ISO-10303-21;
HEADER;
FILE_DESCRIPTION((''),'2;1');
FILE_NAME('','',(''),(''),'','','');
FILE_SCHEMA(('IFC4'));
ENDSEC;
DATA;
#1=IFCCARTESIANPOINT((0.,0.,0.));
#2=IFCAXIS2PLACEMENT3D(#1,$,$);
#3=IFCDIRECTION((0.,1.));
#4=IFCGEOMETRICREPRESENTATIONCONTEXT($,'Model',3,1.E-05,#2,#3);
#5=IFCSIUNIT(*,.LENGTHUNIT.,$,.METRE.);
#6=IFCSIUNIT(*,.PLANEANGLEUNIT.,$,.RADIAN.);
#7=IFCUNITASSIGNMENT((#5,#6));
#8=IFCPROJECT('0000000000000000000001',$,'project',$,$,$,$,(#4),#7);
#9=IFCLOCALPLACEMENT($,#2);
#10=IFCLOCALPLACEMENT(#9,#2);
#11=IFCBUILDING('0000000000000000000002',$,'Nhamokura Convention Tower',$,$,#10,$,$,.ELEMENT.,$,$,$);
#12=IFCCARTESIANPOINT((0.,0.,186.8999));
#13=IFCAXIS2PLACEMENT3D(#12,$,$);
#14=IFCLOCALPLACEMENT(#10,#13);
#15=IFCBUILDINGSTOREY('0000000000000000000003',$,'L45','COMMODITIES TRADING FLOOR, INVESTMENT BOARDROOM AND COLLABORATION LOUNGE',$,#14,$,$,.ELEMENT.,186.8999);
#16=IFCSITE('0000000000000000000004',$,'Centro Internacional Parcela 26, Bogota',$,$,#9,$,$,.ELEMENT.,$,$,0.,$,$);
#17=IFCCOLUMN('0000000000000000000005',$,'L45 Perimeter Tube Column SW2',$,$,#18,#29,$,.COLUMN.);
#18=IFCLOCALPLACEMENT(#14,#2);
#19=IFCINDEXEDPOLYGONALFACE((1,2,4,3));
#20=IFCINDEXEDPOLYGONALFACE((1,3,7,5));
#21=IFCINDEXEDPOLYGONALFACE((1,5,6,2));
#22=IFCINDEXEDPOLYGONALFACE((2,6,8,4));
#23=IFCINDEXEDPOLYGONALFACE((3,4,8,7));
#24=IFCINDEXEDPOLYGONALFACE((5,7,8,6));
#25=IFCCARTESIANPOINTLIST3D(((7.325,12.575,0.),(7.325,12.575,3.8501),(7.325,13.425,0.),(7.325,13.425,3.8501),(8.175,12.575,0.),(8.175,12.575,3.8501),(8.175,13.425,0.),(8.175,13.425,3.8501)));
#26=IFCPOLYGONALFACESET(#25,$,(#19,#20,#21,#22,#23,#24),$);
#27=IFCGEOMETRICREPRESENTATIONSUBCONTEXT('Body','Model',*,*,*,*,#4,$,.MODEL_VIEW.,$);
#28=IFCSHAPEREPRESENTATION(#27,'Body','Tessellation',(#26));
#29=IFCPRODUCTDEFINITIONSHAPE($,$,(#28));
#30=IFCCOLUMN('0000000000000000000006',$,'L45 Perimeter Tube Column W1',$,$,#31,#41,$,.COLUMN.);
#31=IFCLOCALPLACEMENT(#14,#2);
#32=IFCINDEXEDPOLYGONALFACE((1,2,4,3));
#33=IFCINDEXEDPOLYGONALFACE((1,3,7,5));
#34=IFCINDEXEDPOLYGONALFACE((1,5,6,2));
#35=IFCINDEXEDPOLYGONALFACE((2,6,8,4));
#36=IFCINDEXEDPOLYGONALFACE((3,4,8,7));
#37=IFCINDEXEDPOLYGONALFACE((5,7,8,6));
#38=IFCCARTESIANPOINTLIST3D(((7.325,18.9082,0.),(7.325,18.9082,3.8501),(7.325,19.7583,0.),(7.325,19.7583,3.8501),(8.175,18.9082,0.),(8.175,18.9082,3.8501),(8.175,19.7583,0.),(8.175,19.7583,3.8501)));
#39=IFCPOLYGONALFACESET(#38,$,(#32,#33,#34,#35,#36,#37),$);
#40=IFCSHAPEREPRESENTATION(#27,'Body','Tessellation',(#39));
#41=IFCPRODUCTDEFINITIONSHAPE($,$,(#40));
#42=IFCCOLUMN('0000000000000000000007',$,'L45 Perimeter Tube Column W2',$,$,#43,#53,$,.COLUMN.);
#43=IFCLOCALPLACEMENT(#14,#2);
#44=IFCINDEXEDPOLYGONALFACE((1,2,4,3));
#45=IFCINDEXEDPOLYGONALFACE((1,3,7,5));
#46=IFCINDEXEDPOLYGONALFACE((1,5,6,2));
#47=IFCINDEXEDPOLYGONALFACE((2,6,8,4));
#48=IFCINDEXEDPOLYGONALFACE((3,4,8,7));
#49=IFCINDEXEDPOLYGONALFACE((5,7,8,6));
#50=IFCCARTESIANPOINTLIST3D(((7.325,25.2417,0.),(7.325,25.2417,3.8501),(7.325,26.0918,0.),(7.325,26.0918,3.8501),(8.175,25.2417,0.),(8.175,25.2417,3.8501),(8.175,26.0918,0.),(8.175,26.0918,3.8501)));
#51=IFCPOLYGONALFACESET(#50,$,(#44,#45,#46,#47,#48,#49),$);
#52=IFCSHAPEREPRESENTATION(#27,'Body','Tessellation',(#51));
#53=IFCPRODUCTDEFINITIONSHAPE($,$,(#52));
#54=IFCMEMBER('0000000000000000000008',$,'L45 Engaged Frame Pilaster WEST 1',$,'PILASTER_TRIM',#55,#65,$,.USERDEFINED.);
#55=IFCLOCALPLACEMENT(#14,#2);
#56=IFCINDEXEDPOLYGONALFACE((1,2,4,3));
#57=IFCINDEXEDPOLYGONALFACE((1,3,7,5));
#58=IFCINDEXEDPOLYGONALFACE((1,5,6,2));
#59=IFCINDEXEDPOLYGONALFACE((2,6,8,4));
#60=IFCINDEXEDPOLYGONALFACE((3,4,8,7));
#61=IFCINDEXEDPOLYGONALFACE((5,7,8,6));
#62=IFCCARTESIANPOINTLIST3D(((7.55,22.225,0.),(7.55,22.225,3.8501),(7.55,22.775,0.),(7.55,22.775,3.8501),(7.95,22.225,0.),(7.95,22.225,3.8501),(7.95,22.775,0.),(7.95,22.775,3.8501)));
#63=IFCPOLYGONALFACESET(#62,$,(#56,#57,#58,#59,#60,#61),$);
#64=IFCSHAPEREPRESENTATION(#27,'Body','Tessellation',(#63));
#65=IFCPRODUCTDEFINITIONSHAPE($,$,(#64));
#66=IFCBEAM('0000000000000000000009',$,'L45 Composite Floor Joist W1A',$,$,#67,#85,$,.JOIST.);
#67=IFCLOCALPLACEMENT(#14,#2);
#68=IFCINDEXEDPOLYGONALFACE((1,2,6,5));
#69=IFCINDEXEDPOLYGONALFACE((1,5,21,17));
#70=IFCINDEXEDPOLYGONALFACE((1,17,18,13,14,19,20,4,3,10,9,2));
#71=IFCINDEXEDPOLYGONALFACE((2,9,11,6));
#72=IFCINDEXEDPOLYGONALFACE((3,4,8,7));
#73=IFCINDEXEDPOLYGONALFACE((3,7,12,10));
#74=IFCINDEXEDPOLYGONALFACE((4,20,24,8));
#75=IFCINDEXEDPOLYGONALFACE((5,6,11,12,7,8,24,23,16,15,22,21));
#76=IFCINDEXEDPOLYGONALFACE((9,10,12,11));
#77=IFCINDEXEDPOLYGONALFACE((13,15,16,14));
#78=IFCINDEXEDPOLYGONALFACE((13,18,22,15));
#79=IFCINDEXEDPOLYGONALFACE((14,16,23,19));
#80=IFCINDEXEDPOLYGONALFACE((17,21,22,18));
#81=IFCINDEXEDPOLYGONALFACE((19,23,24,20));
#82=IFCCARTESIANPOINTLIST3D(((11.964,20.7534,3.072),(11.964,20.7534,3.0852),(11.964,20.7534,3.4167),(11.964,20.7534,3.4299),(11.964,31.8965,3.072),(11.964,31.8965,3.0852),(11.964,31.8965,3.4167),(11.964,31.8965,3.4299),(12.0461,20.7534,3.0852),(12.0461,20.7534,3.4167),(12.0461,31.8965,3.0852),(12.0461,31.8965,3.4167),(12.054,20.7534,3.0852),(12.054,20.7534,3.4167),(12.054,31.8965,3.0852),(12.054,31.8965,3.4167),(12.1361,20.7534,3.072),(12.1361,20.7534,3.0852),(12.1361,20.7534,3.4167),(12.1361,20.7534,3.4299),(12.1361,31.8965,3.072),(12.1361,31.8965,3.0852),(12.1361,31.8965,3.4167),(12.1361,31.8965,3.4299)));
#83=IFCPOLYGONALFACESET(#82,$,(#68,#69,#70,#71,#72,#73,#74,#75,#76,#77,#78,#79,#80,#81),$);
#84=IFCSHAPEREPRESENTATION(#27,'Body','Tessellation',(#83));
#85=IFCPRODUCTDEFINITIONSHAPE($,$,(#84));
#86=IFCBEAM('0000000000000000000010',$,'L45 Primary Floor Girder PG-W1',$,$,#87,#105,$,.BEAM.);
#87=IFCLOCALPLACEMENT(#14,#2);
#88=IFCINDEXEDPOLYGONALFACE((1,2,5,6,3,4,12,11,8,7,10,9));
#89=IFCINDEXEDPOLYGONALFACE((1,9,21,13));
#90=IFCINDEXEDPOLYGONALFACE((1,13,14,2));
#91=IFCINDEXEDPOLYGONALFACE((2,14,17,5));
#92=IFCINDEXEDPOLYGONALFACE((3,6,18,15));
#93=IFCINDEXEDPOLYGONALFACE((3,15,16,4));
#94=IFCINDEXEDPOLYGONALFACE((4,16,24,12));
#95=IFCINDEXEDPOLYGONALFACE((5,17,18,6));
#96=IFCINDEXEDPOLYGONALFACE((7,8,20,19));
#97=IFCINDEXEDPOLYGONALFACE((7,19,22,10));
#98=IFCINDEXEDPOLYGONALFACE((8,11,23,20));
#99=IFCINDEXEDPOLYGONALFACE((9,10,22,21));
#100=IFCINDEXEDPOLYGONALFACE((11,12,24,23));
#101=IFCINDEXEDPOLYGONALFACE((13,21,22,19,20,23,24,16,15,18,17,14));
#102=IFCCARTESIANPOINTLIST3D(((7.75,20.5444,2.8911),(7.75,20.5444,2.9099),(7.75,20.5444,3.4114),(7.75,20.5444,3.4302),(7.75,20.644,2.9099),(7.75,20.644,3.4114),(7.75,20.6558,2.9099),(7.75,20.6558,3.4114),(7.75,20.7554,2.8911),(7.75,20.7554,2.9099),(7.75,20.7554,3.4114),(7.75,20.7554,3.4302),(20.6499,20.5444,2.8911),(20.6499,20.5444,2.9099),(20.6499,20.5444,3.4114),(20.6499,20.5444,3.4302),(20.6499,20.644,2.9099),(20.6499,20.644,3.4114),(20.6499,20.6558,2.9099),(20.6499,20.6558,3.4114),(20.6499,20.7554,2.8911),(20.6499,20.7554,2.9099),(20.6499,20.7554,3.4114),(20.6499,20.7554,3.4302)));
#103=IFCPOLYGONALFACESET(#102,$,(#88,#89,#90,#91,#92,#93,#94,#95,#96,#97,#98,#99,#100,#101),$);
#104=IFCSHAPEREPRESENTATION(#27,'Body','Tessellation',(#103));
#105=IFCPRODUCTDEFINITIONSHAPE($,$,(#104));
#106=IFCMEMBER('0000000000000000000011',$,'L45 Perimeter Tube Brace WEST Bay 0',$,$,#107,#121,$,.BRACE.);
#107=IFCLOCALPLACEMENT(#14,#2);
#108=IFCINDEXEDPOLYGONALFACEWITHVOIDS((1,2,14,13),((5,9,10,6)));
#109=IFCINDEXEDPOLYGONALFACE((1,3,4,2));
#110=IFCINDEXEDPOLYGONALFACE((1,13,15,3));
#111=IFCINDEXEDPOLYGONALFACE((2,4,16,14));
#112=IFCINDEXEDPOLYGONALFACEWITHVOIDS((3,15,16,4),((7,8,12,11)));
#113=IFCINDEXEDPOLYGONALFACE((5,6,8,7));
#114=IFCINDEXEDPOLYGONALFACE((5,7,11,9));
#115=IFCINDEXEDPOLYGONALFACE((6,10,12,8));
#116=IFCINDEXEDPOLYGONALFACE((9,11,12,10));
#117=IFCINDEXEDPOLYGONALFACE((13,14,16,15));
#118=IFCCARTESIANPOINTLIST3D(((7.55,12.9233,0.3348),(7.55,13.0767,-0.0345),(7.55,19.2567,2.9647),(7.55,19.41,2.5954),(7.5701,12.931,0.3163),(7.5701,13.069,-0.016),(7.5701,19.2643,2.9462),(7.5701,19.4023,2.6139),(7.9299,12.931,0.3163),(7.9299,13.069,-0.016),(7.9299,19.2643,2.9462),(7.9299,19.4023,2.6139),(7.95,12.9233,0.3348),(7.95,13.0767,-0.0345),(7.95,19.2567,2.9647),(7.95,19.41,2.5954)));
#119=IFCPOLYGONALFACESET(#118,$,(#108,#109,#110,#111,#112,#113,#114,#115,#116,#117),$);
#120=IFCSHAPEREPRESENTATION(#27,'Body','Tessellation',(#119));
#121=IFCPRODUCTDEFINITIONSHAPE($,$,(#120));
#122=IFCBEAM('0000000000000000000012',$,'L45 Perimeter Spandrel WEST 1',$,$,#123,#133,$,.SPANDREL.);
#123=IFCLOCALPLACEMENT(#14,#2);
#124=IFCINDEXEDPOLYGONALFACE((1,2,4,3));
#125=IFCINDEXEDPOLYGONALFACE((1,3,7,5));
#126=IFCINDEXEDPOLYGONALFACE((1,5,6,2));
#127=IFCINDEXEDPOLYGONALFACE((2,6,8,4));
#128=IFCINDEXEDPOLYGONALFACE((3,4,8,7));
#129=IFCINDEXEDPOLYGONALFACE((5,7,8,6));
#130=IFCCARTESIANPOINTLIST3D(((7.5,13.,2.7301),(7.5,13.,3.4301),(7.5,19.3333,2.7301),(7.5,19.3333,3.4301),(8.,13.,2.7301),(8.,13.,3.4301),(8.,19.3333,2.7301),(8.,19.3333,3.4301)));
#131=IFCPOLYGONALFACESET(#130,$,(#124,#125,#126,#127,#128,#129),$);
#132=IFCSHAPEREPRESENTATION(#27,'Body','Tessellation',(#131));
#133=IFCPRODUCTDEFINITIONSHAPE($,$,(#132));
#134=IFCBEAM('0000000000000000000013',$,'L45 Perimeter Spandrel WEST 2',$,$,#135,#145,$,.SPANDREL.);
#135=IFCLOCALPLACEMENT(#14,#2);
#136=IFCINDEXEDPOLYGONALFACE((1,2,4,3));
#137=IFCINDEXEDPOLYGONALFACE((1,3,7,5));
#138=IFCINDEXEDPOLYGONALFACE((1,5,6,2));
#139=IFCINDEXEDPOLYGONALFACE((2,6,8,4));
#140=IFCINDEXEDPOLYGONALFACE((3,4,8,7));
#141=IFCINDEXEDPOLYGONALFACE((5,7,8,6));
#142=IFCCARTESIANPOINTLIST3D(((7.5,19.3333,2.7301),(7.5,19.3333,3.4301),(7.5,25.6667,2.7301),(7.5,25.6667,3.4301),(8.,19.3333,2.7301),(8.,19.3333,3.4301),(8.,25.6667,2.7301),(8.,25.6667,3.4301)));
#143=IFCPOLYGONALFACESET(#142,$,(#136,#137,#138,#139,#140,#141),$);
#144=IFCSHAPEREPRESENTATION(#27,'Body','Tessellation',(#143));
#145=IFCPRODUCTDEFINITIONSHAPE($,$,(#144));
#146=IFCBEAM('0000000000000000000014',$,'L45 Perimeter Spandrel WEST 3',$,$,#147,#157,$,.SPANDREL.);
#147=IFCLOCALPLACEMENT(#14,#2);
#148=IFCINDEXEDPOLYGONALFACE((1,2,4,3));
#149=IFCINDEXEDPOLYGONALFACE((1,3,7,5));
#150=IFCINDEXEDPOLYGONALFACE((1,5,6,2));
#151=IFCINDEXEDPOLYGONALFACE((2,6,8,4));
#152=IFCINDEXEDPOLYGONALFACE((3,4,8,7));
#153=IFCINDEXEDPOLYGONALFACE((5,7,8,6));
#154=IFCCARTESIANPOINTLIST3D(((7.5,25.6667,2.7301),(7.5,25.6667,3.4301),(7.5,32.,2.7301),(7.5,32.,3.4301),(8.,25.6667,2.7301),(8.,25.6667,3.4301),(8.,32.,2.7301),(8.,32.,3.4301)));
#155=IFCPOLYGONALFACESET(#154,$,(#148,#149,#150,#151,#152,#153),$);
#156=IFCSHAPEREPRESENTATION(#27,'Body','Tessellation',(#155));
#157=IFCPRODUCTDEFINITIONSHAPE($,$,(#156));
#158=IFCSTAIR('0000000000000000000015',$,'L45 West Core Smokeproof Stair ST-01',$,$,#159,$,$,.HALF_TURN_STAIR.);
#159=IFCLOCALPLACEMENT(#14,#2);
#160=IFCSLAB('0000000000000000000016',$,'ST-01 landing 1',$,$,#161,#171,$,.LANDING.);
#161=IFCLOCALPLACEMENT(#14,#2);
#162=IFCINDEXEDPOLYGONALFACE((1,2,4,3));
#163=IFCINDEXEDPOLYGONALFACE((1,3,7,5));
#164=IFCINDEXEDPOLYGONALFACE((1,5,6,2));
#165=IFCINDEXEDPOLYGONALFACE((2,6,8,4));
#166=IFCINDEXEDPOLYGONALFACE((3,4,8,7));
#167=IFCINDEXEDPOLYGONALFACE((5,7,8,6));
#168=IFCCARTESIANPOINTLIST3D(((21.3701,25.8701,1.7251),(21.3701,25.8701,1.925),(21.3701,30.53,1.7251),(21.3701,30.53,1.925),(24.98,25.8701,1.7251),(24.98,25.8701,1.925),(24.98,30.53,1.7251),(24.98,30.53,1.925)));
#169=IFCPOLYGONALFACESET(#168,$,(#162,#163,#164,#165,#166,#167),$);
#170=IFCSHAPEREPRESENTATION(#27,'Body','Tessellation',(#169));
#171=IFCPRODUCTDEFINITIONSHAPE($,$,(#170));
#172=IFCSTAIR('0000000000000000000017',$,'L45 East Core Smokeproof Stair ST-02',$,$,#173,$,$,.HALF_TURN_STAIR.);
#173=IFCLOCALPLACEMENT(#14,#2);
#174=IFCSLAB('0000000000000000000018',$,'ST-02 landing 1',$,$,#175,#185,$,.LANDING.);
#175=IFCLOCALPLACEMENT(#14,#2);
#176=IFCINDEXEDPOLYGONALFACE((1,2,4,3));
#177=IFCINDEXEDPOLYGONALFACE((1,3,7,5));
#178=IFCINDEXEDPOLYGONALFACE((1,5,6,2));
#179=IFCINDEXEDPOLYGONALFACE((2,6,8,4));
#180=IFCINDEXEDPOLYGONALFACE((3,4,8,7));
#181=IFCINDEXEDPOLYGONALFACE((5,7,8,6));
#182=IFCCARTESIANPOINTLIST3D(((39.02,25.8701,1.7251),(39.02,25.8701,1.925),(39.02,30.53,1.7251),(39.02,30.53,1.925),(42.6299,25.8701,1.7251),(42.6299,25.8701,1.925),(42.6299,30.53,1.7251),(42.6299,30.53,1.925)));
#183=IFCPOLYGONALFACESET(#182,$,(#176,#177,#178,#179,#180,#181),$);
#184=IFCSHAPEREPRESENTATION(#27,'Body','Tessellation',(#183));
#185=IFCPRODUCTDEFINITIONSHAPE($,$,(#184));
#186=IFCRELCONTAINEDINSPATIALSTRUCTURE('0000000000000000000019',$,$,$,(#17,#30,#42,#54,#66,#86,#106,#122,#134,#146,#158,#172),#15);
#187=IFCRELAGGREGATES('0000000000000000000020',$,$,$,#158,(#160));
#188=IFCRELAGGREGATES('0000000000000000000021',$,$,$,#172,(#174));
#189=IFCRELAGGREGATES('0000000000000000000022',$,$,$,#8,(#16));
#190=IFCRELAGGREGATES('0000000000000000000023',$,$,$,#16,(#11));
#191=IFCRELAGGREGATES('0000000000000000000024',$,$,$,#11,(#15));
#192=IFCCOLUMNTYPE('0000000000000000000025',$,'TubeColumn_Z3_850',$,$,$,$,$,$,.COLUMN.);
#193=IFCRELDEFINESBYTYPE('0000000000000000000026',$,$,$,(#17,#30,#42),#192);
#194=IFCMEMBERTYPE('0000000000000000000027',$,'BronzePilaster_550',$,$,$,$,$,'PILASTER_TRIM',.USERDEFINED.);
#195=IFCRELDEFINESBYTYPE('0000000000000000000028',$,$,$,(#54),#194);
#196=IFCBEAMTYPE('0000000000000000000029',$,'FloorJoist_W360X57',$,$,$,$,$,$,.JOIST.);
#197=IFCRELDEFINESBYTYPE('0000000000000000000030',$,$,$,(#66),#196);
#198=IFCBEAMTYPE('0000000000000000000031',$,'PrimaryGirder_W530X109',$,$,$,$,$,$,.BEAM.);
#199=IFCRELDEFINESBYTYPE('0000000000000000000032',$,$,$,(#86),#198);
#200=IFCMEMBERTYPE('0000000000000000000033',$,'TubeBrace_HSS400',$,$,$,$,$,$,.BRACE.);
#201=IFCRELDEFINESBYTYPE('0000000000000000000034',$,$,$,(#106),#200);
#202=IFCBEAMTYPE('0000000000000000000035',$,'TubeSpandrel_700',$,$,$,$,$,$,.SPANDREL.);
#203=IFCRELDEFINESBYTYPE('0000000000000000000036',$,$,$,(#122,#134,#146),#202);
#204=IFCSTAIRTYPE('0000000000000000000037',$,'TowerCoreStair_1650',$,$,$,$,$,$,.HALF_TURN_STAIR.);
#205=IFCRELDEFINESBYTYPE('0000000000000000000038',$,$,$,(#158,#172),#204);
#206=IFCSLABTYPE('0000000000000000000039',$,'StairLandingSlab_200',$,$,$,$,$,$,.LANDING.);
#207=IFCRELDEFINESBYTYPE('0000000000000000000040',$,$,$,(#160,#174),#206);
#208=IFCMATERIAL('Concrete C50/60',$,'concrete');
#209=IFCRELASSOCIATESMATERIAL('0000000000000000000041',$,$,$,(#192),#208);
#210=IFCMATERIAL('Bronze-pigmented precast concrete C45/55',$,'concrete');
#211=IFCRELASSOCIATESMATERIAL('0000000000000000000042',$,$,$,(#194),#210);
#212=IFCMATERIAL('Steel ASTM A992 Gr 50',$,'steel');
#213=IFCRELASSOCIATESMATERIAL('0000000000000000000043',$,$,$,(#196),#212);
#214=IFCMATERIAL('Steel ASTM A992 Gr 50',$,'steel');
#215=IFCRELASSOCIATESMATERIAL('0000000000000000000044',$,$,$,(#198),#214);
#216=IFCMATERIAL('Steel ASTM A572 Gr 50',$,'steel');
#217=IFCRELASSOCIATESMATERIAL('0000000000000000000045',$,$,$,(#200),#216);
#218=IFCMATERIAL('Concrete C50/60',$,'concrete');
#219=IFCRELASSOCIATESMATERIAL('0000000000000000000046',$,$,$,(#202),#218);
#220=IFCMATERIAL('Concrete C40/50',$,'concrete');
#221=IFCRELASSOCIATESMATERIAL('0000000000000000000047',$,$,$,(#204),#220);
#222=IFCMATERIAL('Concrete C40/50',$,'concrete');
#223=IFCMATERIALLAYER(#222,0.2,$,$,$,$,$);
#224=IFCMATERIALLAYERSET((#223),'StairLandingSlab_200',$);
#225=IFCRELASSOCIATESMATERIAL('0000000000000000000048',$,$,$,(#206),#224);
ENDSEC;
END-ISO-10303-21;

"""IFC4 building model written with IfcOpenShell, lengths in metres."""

from ifc_helpers import new_model, si_unit, direction, frame, origin, origin_2d, place, context, subcontext, project, spatial, polyline, rectangle, hollow_rectangle, i_section, outline, extrude, material, layer, layer_set, material_profile, profile_set, type_object, element, aggregate, save


model = new_model("IFC4")

# Units and contexts
model_context = context("Model", 3, precision=1e-05, world=origin(), true_north=direction((0.0, 1.0)))
body_context = subcontext(model_context, "Body", "Model", "MODEL_VIEW")
ifc_project = project(units=[si_unit("LENGTHUNIT", "METRE"), si_unit("PLANEANGLEUNIT", "RADIAN")], contexts=[model_context])

# Site, building, storey
site_placement = place(None, origin())
site = spatial("IfcSite", under=ifc_project, at=site_placement, Name="Centro Internacional Parcela 26, Bogota", CompositionType="ELEMENT", RefElevation=0.0)
building_placement = place(site_placement, origin())
building = spatial("IfcBuilding", under=site, at=building_placement, Name="Nhamokura Convention Tower", CompositionType="ELEMENT")
storey_placement = place(building_placement, frame((0.0, 0.0, 186.8999)))
storey = spatial("IfcBuildingStorey", under=building, at=storey_placement, Name="L45", Description="COMMODITIES TRADING FLOOR, INVESTMENT BOARDROOM AND COLLABORATION LOUNGE", CompositionType="ELEMENT", Elevation=186.8999)

# Columns
ifc_material_1 = material(Name="Concrete C50/60", Category="concrete")
ifc_material_profile_1 = material_profile(ifc_material_1, rectangle(XDim=0.8501, YDim=0.8501, at=origin_2d()))
ifc_profile_set_1 = profile_set([ifc_material_profile_1], Name="Concrete C50/60")
column_type = type_object("IfcColumnType", Name="TubeColumn_Z3_850", PredefinedType="COLUMN", material=ifc_profile_set_1)
for number, where, z_axis, x_axis, name in (
    (1, (7.75, 13.0, 0.0), (0.0, 0.0, 1.0), (1.0, 0.0, 0.0), "L45 Perimeter Tube Column SW2"),
    (2, (7.75, 19.3333, 0.0), (0.0, 0.0, 1.0), (1.0, 0.0, 0.0), "L45 Perimeter Tube Column W1"),
    (3, (7.75, 25.6667, 0.0), (0.0, 0.0, 1.0), (1.0, 0.0, 0.0), "L45 Perimeter Tube Column W2"),
):
    element("IfcColumn", number, at=place(storey_placement, frame(where, z_axis=z_axis, x_axis=x_axis)), inside=storey, type_object=column_type, Name=name, PredefinedType="COLUMN", context=body_context, shape_type="SweptSolid", body=[
        extrude(rectangle(XDim=0.8501, YDim=0.8501, at=origin_2d()), origin(), (0.0, 0.0, 1.0), 3.8501),
    ])

# Member
ifc_material_2 = material(Name="Bronze-pigmented precast concrete C45/55", Category="concrete")
ifc_material_profile_2 = material_profile(ifc_material_2, rectangle(XDim=0.3999, YDim=0.55, at=origin_2d()))
ifc_profile_set_2 = profile_set([ifc_material_profile_2], Name="Bronze-pigmented precast concrete C45/55")
member_type_1 = type_object("IfcMemberType", Name="BronzePilaster_550", ElementType="PILASTER_TRIM", PredefinedType="USERDEFINED", material=ifc_profile_set_2)
member_1_placement = place(storey_placement, frame((7.75, 22.5, 0.0), z_axis=(0.0, 0.0, 1.0), x_axis=(1.0, 0.0, 0.0)))
element("IfcMember", 4, at=member_1_placement, inside=storey, type_object=member_type_1, Name="L45 Engaged Frame Pilaster WEST 1", ObjectType="PILASTER_TRIM", PredefinedType="USERDEFINED", context=body_context, shape_type="SweptSolid", body=[
    extrude(rectangle(XDim=0.3999, YDim=0.55, at=origin_2d()), origin(), (0.0, 0.0, 1.0), 3.8501),
])

# Beams
ifc_material_3 = material(Name="Steel ASTM A992 Gr 50", Category="steel")
ifc_material_profile_3 = material_profile(ifc_material_3, i_section(OverallWidth=0.1721, OverallDepth=0.3579, WebThickness=0.0078, FlangeThickness=0.0132, at=origin_2d()))
ifc_profile_set_3 = profile_set([ifc_material_profile_3], Name="Steel ASTM A992 Gr 50")
beam_type_1 = type_object("IfcBeamType", Name="FloorJoist_W360X57", PredefinedType="JOIST", material=ifc_profile_set_3)
beam_1_placement = place(storey_placement, frame((12.05, 20.7534, 3.251), z_axis=(0.0, 1.0, 0.0), x_axis=(-1.0, 0.0, 0.0)))
element("IfcBeam", 5, at=beam_1_placement, inside=storey, type_object=beam_type_1, Name="L45 Composite Floor Joist W1A", PredefinedType="JOIST", context=body_context, shape_type="SweptSolid", body=[
    extrude(i_section(OverallWidth=0.1721, OverallDepth=0.3579, WebThickness=0.0078, FlangeThickness=0.0132, at=origin_2d()), origin(), (0.0, 0.0, 1.0), 11.1431),
])
ifc_material_4 = material(Name="Steel ASTM A992 Gr 50", Category="steel")
ifc_material_profile_4 = material_profile(ifc_material_4, i_section(OverallWidth=0.2109, OverallDepth=0.5391, WebThickness=0.0117, FlangeThickness=0.0188, at=origin_2d()))
ifc_profile_set_4 = profile_set([ifc_material_profile_4], Name="Steel ASTM A992 Gr 50")
beam_type_2 = type_object("IfcBeamType", Name="PrimaryGirder_W530X109", PredefinedType="BEAM", material=ifc_profile_set_4)
beam_2_placement = place(storey_placement, frame((7.75, 20.6499, 3.1606), z_axis=(1.0, 0.0, 0.0), x_axis=(0.0, 1.0, 0.0)))
element("IfcBeam", 6, at=beam_2_placement, inside=storey, type_object=beam_type_2, Name="L45 Primary Floor Girder PG-W1", PredefinedType="BEAM", context=body_context, shape_type="SweptSolid", body=[
    extrude(i_section(OverallWidth=0.2109, OverallDepth=0.5391, WebThickness=0.0117, FlangeThickness=0.0188, at=origin_2d()), origin(), (0.0, 0.0, 1.0), 12.8999),
])

# Member
ifc_material_5 = material(Name="Steel ASTM A572 Gr 50", Category="steel")
ifc_material_profile_5 = material_profile(ifc_material_5, hollow_rectangle(XDim=0.3999, YDim=0.3999, WallThickness=0.02, at=origin_2d()))
ifc_profile_set_5 = profile_set([ifc_material_profile_5], Name="Steel ASTM A572 Gr 50")
member_type_2 = type_object("IfcMemberType", Name="TubeBrace_HSS400", PredefinedType="BRACE", material=ifc_profile_set_5)
member_2_placement = place(storey_placement, frame((7.75, 13.0, 0.1501), z_axis=(0.0, 0.923541, 0.3835), x_axis=(-1.0, 0.0, 0.0)))
element("IfcMember", 7, at=member_2_placement, inside=storey, type_object=member_type_2, Name="L45 Perimeter Tube Brace WEST Bay 0", PredefinedType="BRACE", context=body_context, shape_type="SweptSolid", body=[
    extrude(hollow_rectangle(XDim=0.3999, YDim=0.3999, WallThickness=0.02, at=origin_2d()), origin(), (0.0, 0.0, 1.0), 6.8577),
])

# Beams
ifc_material_6 = material(Name="Concrete C50/60", Category="concrete")
ifc_material_profile_6 = material_profile(ifc_material_6, rectangle(XDim=0.5, YDim=0.7, at=origin_2d()))
ifc_profile_set_6 = profile_set([ifc_material_profile_6], Name="Concrete C50/60")
beam_type_3 = type_object("IfcBeamType", Name="TubeSpandrel_700", PredefinedType="SPANDREL", material=ifc_profile_set_6)
beam_3_placement = place(storey_placement, frame((7.75, 13.0, 3.0801), z_axis=(0.0, 1.0, 0.0), x_axis=(-1.0, 0.0, 0.0)))
element("IfcBeam", 8, at=beam_3_placement, inside=storey, type_object=beam_type_3, Name="L45 Perimeter Spandrel WEST 1", PredefinedType="SPANDREL", context=body_context, shape_type="SweptSolid", body=[
    extrude(rectangle(XDim=0.5, YDim=0.7, at=origin_2d()), origin(), (0.0, 0.0, 1.0), 6.3333),
])
beam_4_placement = place(storey_placement, frame((7.75, 19.3333, 3.0801), z_axis=(0.0, 1.0, 0.0), x_axis=(-1.0, 0.0, 0.0)))
element("IfcBeam", 9, at=beam_4_placement, inside=storey, type_object=beam_type_3, Name="L45 Perimeter Spandrel WEST 2", PredefinedType="SPANDREL", context=body_context, shape_type="SweptSolid", body=[
    extrude(rectangle(XDim=0.5, YDim=0.7, at=origin_2d()), origin(), (0.0, 0.0, 1.0), 6.3335),
])
beam_5_placement = place(storey_placement, frame((7.75, 25.6667, 3.0801), z_axis=(0.0, 1.0, 0.0), x_axis=(-1.0, 0.0, 0.0)))
element("IfcBeam", 10, at=beam_5_placement, inside=storey, type_object=beam_type_3, Name="L45 Perimeter Spandrel WEST 3", PredefinedType="SPANDREL", context=body_context, shape_type="SweptSolid", body=[
    extrude(rectangle(XDim=0.5, YDim=0.7, at=origin_2d()), origin(), (0.0, 0.0, 1.0), 6.3333),
])

# Stairs, slabs
ifc_material_7 = material(Name="Concrete C40/50", Category="concrete")
stair_type = type_object("IfcStairType", Name="TowerCoreStair_1650", PredefinedType="HALF_TURN_STAIR", material=ifc_material_7)
stair_1_placement = place(storey_placement, origin())
stair_1 = element("IfcStair", 11, at=stair_1_placement, inside=storey, type_object=stair_type, Name="L45 West Core Smokeproof Stair ST-01", PredefinedType="HALF_TURN_STAIR")
ifc_material_8 = material(Name="Concrete C40/50", Category="concrete")
ifc_layer_1 = layer(ifc_material_8, 0.2)
ifc_layer_set_1 = layer_set([ifc_layer_1], Name="StairLandingSlab_200")
slab_type_1 = type_object("IfcSlabType", Name="StairLandingSlab_200", PredefinedType="LANDING", material=ifc_layer_set_1)
slab_1_placement = place(storey_placement, frame((0.0, 0.0, 1.7251)))
slab_1 = element("IfcSlab", 12, at=slab_1_placement, type_object=slab_type_1, Name="ST-01 landing 1", PredefinedType="LANDING", context=body_context, shape_type="SweptSolid", body=[
    extrude(outline(polyline([(24.98, 25.8701), (24.98, 30.53), (21.3701, 30.53), (21.3701, 25.8701), (24.98, 25.8701)])), origin(), (0.0, 0.0, 1.0), 0.2),
])
aggregate(stair_1, [slab_1])
stair_2_placement = place(storey_placement, origin())
stair_2 = element("IfcStair", 13, at=stair_2_placement, inside=storey, type_object=stair_type, Name="L45 East Core Smokeproof Stair ST-02", PredefinedType="HALF_TURN_STAIR")
slab_2_placement = place(storey_placement, frame((0.0, 0.0, 1.7251)))
slab_2 = element("IfcSlab", 14, at=slab_2_placement, type_object=slab_type_1, Name="ST-02 landing 1", PredefinedType="LANDING", context=body_context, shape_type="SweptSolid", body=[
    extrude(outline(polyline([(42.6299, 25.8701), (42.6299, 30.53), (39.02, 30.53), (39.02, 25.8701), (42.6299, 25.8701)])), origin(), (0.0, 0.0, 1.0), 0.2),
])
aggregate(stair_2, [slab_2])

save(model, "model.ifc")
